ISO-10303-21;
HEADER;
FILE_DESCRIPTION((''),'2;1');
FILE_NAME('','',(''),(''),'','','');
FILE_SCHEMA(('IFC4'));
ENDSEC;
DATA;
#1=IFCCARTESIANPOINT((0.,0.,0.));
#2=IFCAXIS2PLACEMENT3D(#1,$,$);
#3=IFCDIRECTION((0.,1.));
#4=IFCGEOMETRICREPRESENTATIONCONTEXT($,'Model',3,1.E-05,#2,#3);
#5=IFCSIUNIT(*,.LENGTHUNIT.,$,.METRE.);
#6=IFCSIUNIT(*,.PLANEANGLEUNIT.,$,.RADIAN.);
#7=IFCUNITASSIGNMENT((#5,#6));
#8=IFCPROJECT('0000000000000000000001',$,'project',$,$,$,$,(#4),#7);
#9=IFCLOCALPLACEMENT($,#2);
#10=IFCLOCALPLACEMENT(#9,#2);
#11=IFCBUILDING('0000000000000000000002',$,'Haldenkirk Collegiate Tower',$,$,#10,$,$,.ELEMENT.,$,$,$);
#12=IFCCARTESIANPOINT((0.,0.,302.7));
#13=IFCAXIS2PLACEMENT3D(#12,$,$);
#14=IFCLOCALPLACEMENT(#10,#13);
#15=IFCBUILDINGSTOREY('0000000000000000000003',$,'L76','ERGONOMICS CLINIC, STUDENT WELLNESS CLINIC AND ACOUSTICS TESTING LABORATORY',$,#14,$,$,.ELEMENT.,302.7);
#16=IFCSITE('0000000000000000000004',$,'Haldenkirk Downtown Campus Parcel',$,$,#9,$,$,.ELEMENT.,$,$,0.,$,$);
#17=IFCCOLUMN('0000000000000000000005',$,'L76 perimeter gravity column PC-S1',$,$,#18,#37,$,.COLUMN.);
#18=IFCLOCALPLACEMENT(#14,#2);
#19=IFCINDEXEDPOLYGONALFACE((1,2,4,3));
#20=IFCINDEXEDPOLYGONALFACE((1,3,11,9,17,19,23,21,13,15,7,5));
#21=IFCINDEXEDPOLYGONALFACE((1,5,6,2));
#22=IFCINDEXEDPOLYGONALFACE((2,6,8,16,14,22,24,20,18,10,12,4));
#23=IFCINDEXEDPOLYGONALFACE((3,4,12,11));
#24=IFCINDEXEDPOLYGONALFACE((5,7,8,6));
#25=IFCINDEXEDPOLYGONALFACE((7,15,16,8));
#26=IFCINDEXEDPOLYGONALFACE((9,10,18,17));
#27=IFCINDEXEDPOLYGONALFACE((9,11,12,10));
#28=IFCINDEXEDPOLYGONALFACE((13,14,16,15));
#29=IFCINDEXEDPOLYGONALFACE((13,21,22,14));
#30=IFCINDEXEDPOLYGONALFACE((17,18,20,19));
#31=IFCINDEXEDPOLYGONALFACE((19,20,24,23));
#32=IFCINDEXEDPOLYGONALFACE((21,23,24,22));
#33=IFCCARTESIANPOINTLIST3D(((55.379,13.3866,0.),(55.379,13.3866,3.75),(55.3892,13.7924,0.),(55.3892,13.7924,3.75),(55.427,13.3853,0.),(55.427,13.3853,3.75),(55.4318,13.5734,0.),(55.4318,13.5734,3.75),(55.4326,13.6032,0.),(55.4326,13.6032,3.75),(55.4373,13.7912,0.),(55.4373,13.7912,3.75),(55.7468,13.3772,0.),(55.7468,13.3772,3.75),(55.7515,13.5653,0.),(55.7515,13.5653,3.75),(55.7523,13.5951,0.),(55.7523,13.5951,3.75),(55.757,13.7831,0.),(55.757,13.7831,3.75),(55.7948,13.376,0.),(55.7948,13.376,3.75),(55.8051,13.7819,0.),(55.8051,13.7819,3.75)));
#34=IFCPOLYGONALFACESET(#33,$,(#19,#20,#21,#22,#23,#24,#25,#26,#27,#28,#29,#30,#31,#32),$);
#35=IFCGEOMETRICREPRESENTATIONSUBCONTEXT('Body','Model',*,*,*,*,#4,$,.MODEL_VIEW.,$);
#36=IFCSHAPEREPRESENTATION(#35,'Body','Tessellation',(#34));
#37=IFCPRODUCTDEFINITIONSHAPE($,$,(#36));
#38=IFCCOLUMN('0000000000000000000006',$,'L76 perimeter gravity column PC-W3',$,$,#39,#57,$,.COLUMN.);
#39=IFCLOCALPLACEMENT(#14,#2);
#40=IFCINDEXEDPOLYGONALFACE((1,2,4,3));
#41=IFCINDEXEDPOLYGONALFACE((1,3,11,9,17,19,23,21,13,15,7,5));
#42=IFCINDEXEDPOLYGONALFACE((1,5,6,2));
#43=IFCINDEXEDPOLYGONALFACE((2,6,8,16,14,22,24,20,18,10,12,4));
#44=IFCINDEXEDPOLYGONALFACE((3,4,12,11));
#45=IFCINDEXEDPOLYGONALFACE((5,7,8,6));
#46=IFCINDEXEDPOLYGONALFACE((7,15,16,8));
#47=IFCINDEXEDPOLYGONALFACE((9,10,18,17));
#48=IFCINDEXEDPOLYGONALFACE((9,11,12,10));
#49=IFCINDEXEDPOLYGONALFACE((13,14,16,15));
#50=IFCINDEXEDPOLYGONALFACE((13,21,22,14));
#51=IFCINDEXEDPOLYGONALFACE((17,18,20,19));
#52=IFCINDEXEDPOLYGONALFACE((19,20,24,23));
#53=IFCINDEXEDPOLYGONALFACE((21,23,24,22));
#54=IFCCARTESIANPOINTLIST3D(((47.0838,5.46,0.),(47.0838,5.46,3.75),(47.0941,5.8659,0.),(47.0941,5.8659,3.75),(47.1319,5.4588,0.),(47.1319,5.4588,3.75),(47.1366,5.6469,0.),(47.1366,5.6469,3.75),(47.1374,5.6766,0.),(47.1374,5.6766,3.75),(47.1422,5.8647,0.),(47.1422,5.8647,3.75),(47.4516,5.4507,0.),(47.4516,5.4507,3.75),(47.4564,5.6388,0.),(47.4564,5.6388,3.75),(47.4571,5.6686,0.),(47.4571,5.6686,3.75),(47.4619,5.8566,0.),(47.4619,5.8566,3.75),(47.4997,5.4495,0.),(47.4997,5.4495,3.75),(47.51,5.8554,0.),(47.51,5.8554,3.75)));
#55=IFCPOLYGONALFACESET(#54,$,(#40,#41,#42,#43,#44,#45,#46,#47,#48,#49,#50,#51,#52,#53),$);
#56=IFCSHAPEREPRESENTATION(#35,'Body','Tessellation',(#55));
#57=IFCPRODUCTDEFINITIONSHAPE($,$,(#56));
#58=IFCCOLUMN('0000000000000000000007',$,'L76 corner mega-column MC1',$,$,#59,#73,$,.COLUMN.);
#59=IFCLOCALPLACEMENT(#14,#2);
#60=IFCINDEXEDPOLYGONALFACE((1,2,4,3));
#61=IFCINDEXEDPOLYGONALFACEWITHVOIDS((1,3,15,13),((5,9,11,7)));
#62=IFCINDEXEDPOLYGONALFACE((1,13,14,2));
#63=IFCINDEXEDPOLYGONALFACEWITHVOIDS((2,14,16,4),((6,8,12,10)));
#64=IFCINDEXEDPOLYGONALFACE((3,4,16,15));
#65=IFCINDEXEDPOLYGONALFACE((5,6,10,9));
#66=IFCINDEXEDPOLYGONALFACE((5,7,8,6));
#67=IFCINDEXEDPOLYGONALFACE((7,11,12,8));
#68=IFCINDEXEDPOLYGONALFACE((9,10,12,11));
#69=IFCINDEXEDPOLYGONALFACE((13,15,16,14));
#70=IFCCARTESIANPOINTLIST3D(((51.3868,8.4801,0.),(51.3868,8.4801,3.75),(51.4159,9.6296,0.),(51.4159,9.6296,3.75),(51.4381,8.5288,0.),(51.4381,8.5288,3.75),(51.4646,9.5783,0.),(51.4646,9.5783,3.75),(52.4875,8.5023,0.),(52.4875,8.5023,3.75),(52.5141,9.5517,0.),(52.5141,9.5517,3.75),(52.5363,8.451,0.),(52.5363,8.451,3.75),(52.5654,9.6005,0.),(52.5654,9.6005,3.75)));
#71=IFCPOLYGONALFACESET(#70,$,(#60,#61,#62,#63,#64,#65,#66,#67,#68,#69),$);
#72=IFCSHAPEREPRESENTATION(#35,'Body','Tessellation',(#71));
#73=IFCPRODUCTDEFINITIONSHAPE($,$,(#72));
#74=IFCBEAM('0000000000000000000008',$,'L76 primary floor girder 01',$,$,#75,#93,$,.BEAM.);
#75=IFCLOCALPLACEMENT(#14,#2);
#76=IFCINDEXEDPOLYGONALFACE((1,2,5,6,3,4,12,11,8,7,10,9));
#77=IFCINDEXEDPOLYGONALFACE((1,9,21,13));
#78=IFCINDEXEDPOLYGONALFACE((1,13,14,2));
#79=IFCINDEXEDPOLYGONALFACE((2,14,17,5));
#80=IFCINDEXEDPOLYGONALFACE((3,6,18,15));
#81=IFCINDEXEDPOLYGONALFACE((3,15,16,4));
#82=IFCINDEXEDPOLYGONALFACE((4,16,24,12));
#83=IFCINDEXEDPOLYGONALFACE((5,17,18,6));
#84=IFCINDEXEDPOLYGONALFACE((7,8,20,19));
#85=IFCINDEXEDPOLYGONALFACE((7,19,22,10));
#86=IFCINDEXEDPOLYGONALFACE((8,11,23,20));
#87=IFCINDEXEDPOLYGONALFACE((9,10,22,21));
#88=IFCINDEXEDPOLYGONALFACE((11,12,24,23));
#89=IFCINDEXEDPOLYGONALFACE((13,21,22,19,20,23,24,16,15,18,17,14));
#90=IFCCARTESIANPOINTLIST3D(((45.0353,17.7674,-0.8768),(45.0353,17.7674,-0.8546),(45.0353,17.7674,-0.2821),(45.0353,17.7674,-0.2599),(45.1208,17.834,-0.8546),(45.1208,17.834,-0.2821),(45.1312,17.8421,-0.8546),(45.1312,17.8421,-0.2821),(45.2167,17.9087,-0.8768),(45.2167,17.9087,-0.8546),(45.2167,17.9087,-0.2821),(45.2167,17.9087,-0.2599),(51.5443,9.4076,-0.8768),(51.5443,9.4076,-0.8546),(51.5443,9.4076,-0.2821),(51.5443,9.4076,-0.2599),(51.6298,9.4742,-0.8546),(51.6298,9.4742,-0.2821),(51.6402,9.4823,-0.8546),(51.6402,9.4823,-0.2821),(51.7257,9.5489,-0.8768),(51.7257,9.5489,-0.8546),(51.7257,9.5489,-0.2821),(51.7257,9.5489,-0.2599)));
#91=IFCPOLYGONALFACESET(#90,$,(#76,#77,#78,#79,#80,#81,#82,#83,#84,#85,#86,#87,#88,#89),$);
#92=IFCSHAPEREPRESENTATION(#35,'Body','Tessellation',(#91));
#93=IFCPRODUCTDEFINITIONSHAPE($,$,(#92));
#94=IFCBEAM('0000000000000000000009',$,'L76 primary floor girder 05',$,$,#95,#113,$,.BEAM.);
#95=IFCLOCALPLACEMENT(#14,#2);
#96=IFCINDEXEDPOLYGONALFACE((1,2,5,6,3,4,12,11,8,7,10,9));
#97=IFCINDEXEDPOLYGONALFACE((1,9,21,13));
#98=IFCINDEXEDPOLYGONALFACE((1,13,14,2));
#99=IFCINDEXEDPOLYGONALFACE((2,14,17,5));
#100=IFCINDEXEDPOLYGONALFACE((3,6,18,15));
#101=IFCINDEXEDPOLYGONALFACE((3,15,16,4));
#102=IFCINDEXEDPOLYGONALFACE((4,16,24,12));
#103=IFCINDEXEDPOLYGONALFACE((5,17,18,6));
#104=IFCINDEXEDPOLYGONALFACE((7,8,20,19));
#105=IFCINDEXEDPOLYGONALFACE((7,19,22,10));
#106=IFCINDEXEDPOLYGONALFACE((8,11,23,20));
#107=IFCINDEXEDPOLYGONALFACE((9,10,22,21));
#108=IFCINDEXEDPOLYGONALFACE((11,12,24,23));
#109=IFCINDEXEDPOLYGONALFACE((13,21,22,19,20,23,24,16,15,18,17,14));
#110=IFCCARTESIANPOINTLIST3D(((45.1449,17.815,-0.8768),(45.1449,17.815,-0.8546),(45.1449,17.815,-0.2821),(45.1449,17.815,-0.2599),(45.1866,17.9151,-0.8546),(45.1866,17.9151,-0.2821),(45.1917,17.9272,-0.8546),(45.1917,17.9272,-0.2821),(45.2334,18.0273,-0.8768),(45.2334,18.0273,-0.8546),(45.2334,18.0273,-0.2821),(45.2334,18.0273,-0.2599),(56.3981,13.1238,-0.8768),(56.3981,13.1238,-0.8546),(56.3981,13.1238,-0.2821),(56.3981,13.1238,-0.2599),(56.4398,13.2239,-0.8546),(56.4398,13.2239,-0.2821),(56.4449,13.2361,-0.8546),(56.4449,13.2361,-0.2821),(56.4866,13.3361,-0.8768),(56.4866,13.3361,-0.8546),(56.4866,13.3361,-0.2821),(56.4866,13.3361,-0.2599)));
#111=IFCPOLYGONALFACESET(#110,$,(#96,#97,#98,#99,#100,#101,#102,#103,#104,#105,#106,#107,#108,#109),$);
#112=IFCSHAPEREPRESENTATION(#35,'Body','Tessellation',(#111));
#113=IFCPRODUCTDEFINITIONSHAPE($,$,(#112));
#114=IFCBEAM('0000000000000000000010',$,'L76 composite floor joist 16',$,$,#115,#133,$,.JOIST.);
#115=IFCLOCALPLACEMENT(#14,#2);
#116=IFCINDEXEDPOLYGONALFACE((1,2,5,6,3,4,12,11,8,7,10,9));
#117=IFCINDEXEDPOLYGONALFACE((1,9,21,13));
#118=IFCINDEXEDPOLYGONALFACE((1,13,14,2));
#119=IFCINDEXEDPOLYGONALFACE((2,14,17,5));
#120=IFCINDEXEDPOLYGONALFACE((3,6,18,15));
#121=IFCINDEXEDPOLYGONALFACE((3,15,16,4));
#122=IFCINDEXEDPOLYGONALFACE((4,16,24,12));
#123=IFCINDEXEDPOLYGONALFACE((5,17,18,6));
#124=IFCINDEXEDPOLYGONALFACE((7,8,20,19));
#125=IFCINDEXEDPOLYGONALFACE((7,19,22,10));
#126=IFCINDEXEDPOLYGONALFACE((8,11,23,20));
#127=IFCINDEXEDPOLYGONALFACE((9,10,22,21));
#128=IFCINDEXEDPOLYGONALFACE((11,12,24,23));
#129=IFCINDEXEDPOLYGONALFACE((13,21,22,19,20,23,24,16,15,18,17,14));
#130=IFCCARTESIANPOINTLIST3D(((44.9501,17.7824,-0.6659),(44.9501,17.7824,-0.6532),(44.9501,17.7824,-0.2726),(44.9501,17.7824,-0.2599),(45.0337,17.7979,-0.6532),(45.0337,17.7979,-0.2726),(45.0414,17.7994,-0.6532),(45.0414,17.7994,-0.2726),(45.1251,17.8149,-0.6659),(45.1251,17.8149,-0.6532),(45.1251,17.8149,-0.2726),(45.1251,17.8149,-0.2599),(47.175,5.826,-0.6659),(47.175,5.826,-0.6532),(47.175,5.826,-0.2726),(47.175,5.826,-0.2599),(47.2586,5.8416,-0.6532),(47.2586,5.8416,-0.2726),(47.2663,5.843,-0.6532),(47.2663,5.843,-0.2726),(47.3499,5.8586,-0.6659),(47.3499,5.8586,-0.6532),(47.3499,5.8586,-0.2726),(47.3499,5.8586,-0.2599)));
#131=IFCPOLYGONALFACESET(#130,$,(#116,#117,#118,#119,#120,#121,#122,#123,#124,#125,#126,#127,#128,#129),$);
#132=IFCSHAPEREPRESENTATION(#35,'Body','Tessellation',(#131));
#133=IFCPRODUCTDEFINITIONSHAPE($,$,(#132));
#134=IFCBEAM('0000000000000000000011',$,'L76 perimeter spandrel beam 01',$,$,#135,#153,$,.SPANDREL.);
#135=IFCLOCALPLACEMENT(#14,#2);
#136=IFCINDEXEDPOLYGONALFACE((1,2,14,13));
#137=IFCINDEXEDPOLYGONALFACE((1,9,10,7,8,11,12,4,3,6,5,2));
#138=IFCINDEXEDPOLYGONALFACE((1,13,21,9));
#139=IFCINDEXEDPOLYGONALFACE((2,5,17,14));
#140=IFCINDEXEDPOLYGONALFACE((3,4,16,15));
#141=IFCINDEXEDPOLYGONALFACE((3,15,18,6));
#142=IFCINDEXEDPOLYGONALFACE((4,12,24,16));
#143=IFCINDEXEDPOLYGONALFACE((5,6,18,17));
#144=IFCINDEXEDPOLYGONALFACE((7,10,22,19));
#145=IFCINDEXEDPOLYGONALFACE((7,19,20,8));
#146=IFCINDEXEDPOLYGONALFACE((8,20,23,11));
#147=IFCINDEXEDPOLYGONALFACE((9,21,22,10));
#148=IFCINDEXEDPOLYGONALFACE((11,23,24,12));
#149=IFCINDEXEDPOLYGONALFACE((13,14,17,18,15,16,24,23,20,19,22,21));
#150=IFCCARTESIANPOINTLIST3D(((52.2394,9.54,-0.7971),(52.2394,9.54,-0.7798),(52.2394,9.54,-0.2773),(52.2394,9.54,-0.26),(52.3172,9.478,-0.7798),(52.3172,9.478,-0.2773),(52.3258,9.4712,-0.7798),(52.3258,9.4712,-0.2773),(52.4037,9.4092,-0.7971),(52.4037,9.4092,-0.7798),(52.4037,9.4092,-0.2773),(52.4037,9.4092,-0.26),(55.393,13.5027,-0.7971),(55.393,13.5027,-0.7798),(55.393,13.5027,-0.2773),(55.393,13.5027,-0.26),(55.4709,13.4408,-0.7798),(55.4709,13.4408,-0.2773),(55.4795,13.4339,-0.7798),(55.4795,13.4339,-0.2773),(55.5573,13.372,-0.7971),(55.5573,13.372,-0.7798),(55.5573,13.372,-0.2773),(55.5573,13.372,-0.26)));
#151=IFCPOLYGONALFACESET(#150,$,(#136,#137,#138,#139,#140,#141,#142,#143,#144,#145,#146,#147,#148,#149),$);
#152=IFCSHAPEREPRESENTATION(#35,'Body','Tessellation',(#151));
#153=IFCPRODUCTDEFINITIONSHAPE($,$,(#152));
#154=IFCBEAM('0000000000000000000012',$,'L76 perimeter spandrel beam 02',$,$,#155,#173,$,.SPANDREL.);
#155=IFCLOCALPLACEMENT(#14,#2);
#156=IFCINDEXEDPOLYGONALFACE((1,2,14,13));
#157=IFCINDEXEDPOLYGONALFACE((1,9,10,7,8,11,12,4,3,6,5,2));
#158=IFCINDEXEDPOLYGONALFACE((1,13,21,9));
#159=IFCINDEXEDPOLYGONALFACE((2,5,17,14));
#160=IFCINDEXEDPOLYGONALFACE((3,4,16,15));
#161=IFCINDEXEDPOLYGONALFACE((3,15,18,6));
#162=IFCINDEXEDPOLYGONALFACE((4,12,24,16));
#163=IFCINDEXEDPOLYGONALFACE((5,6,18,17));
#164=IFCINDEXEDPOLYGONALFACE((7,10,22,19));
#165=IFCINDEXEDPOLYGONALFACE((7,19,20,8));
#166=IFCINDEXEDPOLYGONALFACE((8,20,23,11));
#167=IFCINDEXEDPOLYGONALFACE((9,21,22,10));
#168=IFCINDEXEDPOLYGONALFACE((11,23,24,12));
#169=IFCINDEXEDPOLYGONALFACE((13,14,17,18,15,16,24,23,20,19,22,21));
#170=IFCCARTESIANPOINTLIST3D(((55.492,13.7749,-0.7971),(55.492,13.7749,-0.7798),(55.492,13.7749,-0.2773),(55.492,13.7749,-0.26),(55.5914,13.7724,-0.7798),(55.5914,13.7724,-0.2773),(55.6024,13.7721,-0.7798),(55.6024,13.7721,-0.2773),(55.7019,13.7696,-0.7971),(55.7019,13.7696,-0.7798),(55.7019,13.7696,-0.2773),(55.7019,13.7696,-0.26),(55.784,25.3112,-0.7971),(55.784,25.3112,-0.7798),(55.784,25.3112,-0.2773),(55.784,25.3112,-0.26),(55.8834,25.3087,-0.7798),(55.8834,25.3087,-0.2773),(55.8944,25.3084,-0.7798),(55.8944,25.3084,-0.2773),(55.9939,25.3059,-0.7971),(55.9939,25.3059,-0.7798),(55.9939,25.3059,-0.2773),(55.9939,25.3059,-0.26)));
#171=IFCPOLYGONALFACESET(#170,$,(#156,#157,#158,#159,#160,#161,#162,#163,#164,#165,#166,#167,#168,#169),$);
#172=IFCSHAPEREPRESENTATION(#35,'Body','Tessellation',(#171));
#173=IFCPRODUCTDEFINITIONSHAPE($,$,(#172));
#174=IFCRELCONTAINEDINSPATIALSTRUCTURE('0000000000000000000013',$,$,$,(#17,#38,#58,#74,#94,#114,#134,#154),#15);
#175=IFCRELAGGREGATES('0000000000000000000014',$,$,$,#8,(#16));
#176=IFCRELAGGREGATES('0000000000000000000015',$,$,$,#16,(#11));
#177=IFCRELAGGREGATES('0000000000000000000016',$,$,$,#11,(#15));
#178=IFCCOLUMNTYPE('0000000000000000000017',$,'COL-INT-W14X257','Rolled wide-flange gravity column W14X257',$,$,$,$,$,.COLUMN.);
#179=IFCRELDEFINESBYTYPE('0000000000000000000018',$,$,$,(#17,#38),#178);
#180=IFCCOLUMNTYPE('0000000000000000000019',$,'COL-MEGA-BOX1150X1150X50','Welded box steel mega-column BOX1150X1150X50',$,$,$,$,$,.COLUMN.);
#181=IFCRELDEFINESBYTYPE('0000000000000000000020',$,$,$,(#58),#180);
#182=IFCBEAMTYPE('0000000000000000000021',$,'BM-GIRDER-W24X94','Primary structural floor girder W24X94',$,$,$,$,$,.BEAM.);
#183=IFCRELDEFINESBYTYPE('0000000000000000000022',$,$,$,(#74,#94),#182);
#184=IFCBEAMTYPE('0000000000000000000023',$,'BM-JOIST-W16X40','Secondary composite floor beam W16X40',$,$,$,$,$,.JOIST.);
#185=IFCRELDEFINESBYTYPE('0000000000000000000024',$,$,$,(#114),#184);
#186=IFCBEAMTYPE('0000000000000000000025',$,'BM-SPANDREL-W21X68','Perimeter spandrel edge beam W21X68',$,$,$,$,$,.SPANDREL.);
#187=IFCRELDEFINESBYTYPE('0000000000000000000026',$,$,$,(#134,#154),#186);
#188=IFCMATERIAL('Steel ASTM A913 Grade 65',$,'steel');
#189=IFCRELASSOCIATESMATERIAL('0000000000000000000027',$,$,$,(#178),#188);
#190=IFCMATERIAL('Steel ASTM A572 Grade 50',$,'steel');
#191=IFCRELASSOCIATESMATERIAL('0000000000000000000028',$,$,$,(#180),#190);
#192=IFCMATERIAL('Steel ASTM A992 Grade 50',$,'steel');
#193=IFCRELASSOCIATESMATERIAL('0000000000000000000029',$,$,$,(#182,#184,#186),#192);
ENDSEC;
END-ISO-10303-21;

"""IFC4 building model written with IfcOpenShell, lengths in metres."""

from ifc_helpers import new_model, si_unit, direction, frame, origin, origin_2d, place, context, subcontext, project, spatial, hollow_rectangle, i_section, extrude, material, material_profile, profile_set, type_object, element, save


model = new_model("IFC4")

# Units and contexts
model_context = context("Model", 3, precision=1e-05, world=origin(), true_north=direction((0.0, 1.0)))
body_context = subcontext(model_context, "Body", "Model", "MODEL_VIEW")
ifc_project = project(units=[si_unit("LENGTHUNIT", "METRE"), si_unit("PLANEANGLEUNIT", "RADIAN")], contexts=[model_context])

# Site, building, storey
site_placement = place(None, origin())
site = spatial("IfcSite", under=ifc_project, at=site_placement, Name="Haldenkirk Downtown Campus Parcel", CompositionType="ELEMENT", RefElevation=0.0)
building_placement = place(site_placement, origin())
building = spatial("IfcBuilding", under=site, at=building_placement, Name="Haldenkirk Collegiate Tower", CompositionType="ELEMENT")
storey_placement = place(building_placement, frame((0.0, 0.0, 302.7)))
storey = spatial("IfcBuildingStorey", under=building, at=storey_placement, Name="L76", Description="ERGONOMICS CLINIC, STUDENT WELLNESS CLINIC AND ACOUSTICS TESTING LABORATORY", CompositionType="ELEMENT", Elevation=302.7)

# Columns
ifc_material_1 = material(Name="Steel ASTM A913 Grade 65", Category="steel")
ifc_material_profile_1 = material_profile(ifc_material_1, i_section(OverallWidth=0.406, OverallDepth=0.416, WebThickness=0.0298, FlangeThickness=0.0481, at=origin_2d()), Name="W14X257")
ifc_profile_set_1 = profile_set([ifc_material_profile_1], Name="Steel ASTM A913 Grade 65")
column_type_1 = type_object("IfcColumnType", Name="COL-INT-W14X257", Description="Rolled wide-flange gravity column W14X257", PredefinedType="COLUMN", material=ifc_profile_set_1)
for number, where, z_axis, x_axis, name in (
    (1, (55.592, 13.5842, 0.0), (0.0, 0.0, 1.0), (0.025305, 0.99968, 0.0), "L76 perimeter gravity column PC-S1"),
    (2, (47.2969, 5.6577, 0.0), (0.0, 0.0, 1.0), (0.025305, 0.99968, 0.0), "L76 perimeter gravity column PC-W3"),
):
    element("IfcColumn", number, at=place(storey_placement, frame(where, z_axis=z_axis, x_axis=x_axis)), inside=storey, type_object=column_type_1, Name=name, PredefinedType="COLUMN", context=body_context, shape_type="SweptSolid", body=[
        extrude(i_section(OverallWidth=0.406, OverallDepth=0.416, WebThickness=0.0298, FlangeThickness=0.0481, at=origin_2d()), origin(), (0.0, 0.0, 1.0), 3.75),
    ])
ifc_material_2 = material(Name="Steel ASTM A572 Grade 50", Category="steel")
ifc_material_profile_2 = material_profile(ifc_material_2, hollow_rectangle(XDim=1.1499, YDim=1.1499, WallThickness=0.05, at=origin_2d()), Name="BOX1150X1150X50")
ifc_profile_set_2 = profile_set([ifc_material_profile_2], Name="Steel ASTM A572 Grade 50")
column_type_2 = type_object("IfcColumnType", Name="COL-MEGA-BOX1150X1150X50", Description="Welded box steel mega-column BOX1150X1150X50", PredefinedType="COLUMN", material=ifc_profile_set_2)
column_placement = place(storey_placement, frame((51.9761, 9.0403, 0.0), z_axis=(0.0, 0.0, 1.0), x_axis=(0.025305, 0.99968, 0.0)))
element("IfcColumn", 3, at=column_placement, inside=storey, type_object=column_type_2, Name="L76 corner mega-column MC1", PredefinedType="COLUMN", context=body_context, shape_type="SweptSolid", body=[
    extrude(hollow_rectangle(XDim=1.1499, YDim=1.1499, WallThickness=0.05, at=origin_2d()), origin(), (0.0, 0.0, 1.0), 3.75),
])

# Beams
ifc_material_3 = material(Name="Steel ASTM A992 Grade 50", Category="steel")
ifc_material_profile_3 = material_profile(ifc_material_3, i_section(OverallWidth=0.23, OverallDepth=0.6169, WebThickness=0.0132, FlangeThickness=0.0222, at=origin_2d()), Name="W24X94")
ifc_profile_set_3 = profile_set([ifc_material_profile_3], Name="Steel ASTM A992 Grade 50")
beam_type_1 = type_object("IfcBeamType", Name="BM-GIRDER-W24X94", Description="Primary structural floor girder W24X94", PredefinedType="BEAM", material=ifc_profile_set_3)
beam_1_placement = place(storey_placement, frame((51.635, 9.4783, -0.5684), z_axis=(-0.614347, 0.789036, 0.0), x_axis=(-0.789036, -0.614347, 0.0)))
element("IfcBeam", 4, at=beam_1_placement, inside=storey, type_object=beam_type_1, Name="L76 primary floor girder 01", PredefinedType="BEAM", context=body_context, shape_type="SweptSolid", body=[
    extrude(i_section(OverallWidth=0.23, OverallDepth=0.6169, WebThickness=0.0132, FlangeThickness=0.0222, at=origin_2d()), origin(), (0.0, 0.0, 1.0), 10.595),
])
beam_2_placement = place(storey_placement, frame((56.4424, 13.23, -0.5684), z_axis=(-0.923009, 0.384779, 0.0), x_axis=(-0.384779, -0.923009, 0.0)))
element("IfcBeam", 5, at=beam_2_placement, inside=storey, type_object=beam_type_1, Name="L76 primary floor girder 05", PredefinedType="BEAM", context=body_context, shape_type="SweptSolid", body=[
    extrude(i_section(OverallWidth=0.23, OverallDepth=0.6169, WebThickness=0.0132, FlangeThickness=0.0222, at=origin_2d()), origin(), (0.0, 0.0, 1.0), 12.1919),
])
ifc_material_profile_4 = material_profile(ifc_material_3, i_section(OverallWidth=0.178, OverallDepth=0.406, WebThickness=0.0078, FlangeThickness=0.0127, at=origin_2d()), Name="W16X40")
ifc_profile_set_4 = profile_set([ifc_material_profile_4], Name="Steel ASTM A992 Grade 50")
beam_type_2 = type_object("IfcBeamType", Name="BM-JOIST-W16X40", Description="Secondary composite floor beam W16X40", PredefinedType="JOIST", material=ifc_profile_set_4)
beam_3_placement = place(storey_placement, frame((47.2625, 5.8423, -0.4629), z_axis=(-0.182942, 0.983124, 0.0), x_axis=(-0.983124, -0.182942, 0.0)))
element("IfcBeam", 6, at=beam_3_placement, inside=storey, type_object=beam_type_2, Name="L76 composite floor joist 16", PredefinedType="JOIST", context=body_context, shape_type="SweptSolid", body=[
    extrude(i_section(OverallWidth=0.178, OverallDepth=0.406, WebThickness=0.0078, FlangeThickness=0.0127, at=origin_2d()), origin(), (0.0, 0.0, 1.0), 12.1616),
])
ifc_material_profile_5 = material_profile(ifc_material_3, i_section(OverallWidth=0.21, OverallDepth=0.5371, WebThickness=0.011, FlangeThickness=0.0173, at=origin_2d()), Name="W21X68")
ifc_profile_set_5 = profile_set([ifc_material_profile_5], Name="Steel ASTM A992 Grade 50")
beam_type_3 = type_object("IfcBeamType", Name="BM-SPANDREL-W21X68", Description="Perimeter spandrel edge beam W21X68", PredefinedType="SPANDREL", material=ifc_profile_set_5)
beam_4_placement = place(storey_placement, frame((52.3215, 9.4746, -0.5286), z_axis=(0.6227, 0.782461, 0.0), x_axis=(-0.782461, 0.6227, 0.0)))
element("IfcBeam", 7, at=beam_4_placement, inside=storey, type_object=beam_type_3, Name="L76 perimeter spandrel beam 01", PredefinedType="SPANDREL", context=body_context, shape_type="SweptSolid", body=[
    extrude(i_section(OverallWidth=0.21, OverallDepth=0.5371, WebThickness=0.011, FlangeThickness=0.0173, at=origin_2d()), origin(), (0.0, 0.0, 1.0), 5.0645),
])
beam_5_placement = place(storey_placement, frame((55.5969, 13.7722, -0.5286), z_axis=(0.025302, 0.99968, 0.0), x_axis=(-0.99968, 0.025302, 0.0)))
element("IfcBeam", 8, at=beam_5_placement, inside=storey, type_object=beam_type_3, Name="L76 perimeter spandrel beam 02", PredefinedType="SPANDREL", context=body_context, shape_type="SweptSolid", body=[
    extrude(i_section(OverallWidth=0.21, OverallDepth=0.5371, WebThickness=0.011, FlangeThickness=0.0173, at=origin_2d()), origin(), (0.0, 0.0, 1.0), 11.54),
])

save(model, "model.ifc")
